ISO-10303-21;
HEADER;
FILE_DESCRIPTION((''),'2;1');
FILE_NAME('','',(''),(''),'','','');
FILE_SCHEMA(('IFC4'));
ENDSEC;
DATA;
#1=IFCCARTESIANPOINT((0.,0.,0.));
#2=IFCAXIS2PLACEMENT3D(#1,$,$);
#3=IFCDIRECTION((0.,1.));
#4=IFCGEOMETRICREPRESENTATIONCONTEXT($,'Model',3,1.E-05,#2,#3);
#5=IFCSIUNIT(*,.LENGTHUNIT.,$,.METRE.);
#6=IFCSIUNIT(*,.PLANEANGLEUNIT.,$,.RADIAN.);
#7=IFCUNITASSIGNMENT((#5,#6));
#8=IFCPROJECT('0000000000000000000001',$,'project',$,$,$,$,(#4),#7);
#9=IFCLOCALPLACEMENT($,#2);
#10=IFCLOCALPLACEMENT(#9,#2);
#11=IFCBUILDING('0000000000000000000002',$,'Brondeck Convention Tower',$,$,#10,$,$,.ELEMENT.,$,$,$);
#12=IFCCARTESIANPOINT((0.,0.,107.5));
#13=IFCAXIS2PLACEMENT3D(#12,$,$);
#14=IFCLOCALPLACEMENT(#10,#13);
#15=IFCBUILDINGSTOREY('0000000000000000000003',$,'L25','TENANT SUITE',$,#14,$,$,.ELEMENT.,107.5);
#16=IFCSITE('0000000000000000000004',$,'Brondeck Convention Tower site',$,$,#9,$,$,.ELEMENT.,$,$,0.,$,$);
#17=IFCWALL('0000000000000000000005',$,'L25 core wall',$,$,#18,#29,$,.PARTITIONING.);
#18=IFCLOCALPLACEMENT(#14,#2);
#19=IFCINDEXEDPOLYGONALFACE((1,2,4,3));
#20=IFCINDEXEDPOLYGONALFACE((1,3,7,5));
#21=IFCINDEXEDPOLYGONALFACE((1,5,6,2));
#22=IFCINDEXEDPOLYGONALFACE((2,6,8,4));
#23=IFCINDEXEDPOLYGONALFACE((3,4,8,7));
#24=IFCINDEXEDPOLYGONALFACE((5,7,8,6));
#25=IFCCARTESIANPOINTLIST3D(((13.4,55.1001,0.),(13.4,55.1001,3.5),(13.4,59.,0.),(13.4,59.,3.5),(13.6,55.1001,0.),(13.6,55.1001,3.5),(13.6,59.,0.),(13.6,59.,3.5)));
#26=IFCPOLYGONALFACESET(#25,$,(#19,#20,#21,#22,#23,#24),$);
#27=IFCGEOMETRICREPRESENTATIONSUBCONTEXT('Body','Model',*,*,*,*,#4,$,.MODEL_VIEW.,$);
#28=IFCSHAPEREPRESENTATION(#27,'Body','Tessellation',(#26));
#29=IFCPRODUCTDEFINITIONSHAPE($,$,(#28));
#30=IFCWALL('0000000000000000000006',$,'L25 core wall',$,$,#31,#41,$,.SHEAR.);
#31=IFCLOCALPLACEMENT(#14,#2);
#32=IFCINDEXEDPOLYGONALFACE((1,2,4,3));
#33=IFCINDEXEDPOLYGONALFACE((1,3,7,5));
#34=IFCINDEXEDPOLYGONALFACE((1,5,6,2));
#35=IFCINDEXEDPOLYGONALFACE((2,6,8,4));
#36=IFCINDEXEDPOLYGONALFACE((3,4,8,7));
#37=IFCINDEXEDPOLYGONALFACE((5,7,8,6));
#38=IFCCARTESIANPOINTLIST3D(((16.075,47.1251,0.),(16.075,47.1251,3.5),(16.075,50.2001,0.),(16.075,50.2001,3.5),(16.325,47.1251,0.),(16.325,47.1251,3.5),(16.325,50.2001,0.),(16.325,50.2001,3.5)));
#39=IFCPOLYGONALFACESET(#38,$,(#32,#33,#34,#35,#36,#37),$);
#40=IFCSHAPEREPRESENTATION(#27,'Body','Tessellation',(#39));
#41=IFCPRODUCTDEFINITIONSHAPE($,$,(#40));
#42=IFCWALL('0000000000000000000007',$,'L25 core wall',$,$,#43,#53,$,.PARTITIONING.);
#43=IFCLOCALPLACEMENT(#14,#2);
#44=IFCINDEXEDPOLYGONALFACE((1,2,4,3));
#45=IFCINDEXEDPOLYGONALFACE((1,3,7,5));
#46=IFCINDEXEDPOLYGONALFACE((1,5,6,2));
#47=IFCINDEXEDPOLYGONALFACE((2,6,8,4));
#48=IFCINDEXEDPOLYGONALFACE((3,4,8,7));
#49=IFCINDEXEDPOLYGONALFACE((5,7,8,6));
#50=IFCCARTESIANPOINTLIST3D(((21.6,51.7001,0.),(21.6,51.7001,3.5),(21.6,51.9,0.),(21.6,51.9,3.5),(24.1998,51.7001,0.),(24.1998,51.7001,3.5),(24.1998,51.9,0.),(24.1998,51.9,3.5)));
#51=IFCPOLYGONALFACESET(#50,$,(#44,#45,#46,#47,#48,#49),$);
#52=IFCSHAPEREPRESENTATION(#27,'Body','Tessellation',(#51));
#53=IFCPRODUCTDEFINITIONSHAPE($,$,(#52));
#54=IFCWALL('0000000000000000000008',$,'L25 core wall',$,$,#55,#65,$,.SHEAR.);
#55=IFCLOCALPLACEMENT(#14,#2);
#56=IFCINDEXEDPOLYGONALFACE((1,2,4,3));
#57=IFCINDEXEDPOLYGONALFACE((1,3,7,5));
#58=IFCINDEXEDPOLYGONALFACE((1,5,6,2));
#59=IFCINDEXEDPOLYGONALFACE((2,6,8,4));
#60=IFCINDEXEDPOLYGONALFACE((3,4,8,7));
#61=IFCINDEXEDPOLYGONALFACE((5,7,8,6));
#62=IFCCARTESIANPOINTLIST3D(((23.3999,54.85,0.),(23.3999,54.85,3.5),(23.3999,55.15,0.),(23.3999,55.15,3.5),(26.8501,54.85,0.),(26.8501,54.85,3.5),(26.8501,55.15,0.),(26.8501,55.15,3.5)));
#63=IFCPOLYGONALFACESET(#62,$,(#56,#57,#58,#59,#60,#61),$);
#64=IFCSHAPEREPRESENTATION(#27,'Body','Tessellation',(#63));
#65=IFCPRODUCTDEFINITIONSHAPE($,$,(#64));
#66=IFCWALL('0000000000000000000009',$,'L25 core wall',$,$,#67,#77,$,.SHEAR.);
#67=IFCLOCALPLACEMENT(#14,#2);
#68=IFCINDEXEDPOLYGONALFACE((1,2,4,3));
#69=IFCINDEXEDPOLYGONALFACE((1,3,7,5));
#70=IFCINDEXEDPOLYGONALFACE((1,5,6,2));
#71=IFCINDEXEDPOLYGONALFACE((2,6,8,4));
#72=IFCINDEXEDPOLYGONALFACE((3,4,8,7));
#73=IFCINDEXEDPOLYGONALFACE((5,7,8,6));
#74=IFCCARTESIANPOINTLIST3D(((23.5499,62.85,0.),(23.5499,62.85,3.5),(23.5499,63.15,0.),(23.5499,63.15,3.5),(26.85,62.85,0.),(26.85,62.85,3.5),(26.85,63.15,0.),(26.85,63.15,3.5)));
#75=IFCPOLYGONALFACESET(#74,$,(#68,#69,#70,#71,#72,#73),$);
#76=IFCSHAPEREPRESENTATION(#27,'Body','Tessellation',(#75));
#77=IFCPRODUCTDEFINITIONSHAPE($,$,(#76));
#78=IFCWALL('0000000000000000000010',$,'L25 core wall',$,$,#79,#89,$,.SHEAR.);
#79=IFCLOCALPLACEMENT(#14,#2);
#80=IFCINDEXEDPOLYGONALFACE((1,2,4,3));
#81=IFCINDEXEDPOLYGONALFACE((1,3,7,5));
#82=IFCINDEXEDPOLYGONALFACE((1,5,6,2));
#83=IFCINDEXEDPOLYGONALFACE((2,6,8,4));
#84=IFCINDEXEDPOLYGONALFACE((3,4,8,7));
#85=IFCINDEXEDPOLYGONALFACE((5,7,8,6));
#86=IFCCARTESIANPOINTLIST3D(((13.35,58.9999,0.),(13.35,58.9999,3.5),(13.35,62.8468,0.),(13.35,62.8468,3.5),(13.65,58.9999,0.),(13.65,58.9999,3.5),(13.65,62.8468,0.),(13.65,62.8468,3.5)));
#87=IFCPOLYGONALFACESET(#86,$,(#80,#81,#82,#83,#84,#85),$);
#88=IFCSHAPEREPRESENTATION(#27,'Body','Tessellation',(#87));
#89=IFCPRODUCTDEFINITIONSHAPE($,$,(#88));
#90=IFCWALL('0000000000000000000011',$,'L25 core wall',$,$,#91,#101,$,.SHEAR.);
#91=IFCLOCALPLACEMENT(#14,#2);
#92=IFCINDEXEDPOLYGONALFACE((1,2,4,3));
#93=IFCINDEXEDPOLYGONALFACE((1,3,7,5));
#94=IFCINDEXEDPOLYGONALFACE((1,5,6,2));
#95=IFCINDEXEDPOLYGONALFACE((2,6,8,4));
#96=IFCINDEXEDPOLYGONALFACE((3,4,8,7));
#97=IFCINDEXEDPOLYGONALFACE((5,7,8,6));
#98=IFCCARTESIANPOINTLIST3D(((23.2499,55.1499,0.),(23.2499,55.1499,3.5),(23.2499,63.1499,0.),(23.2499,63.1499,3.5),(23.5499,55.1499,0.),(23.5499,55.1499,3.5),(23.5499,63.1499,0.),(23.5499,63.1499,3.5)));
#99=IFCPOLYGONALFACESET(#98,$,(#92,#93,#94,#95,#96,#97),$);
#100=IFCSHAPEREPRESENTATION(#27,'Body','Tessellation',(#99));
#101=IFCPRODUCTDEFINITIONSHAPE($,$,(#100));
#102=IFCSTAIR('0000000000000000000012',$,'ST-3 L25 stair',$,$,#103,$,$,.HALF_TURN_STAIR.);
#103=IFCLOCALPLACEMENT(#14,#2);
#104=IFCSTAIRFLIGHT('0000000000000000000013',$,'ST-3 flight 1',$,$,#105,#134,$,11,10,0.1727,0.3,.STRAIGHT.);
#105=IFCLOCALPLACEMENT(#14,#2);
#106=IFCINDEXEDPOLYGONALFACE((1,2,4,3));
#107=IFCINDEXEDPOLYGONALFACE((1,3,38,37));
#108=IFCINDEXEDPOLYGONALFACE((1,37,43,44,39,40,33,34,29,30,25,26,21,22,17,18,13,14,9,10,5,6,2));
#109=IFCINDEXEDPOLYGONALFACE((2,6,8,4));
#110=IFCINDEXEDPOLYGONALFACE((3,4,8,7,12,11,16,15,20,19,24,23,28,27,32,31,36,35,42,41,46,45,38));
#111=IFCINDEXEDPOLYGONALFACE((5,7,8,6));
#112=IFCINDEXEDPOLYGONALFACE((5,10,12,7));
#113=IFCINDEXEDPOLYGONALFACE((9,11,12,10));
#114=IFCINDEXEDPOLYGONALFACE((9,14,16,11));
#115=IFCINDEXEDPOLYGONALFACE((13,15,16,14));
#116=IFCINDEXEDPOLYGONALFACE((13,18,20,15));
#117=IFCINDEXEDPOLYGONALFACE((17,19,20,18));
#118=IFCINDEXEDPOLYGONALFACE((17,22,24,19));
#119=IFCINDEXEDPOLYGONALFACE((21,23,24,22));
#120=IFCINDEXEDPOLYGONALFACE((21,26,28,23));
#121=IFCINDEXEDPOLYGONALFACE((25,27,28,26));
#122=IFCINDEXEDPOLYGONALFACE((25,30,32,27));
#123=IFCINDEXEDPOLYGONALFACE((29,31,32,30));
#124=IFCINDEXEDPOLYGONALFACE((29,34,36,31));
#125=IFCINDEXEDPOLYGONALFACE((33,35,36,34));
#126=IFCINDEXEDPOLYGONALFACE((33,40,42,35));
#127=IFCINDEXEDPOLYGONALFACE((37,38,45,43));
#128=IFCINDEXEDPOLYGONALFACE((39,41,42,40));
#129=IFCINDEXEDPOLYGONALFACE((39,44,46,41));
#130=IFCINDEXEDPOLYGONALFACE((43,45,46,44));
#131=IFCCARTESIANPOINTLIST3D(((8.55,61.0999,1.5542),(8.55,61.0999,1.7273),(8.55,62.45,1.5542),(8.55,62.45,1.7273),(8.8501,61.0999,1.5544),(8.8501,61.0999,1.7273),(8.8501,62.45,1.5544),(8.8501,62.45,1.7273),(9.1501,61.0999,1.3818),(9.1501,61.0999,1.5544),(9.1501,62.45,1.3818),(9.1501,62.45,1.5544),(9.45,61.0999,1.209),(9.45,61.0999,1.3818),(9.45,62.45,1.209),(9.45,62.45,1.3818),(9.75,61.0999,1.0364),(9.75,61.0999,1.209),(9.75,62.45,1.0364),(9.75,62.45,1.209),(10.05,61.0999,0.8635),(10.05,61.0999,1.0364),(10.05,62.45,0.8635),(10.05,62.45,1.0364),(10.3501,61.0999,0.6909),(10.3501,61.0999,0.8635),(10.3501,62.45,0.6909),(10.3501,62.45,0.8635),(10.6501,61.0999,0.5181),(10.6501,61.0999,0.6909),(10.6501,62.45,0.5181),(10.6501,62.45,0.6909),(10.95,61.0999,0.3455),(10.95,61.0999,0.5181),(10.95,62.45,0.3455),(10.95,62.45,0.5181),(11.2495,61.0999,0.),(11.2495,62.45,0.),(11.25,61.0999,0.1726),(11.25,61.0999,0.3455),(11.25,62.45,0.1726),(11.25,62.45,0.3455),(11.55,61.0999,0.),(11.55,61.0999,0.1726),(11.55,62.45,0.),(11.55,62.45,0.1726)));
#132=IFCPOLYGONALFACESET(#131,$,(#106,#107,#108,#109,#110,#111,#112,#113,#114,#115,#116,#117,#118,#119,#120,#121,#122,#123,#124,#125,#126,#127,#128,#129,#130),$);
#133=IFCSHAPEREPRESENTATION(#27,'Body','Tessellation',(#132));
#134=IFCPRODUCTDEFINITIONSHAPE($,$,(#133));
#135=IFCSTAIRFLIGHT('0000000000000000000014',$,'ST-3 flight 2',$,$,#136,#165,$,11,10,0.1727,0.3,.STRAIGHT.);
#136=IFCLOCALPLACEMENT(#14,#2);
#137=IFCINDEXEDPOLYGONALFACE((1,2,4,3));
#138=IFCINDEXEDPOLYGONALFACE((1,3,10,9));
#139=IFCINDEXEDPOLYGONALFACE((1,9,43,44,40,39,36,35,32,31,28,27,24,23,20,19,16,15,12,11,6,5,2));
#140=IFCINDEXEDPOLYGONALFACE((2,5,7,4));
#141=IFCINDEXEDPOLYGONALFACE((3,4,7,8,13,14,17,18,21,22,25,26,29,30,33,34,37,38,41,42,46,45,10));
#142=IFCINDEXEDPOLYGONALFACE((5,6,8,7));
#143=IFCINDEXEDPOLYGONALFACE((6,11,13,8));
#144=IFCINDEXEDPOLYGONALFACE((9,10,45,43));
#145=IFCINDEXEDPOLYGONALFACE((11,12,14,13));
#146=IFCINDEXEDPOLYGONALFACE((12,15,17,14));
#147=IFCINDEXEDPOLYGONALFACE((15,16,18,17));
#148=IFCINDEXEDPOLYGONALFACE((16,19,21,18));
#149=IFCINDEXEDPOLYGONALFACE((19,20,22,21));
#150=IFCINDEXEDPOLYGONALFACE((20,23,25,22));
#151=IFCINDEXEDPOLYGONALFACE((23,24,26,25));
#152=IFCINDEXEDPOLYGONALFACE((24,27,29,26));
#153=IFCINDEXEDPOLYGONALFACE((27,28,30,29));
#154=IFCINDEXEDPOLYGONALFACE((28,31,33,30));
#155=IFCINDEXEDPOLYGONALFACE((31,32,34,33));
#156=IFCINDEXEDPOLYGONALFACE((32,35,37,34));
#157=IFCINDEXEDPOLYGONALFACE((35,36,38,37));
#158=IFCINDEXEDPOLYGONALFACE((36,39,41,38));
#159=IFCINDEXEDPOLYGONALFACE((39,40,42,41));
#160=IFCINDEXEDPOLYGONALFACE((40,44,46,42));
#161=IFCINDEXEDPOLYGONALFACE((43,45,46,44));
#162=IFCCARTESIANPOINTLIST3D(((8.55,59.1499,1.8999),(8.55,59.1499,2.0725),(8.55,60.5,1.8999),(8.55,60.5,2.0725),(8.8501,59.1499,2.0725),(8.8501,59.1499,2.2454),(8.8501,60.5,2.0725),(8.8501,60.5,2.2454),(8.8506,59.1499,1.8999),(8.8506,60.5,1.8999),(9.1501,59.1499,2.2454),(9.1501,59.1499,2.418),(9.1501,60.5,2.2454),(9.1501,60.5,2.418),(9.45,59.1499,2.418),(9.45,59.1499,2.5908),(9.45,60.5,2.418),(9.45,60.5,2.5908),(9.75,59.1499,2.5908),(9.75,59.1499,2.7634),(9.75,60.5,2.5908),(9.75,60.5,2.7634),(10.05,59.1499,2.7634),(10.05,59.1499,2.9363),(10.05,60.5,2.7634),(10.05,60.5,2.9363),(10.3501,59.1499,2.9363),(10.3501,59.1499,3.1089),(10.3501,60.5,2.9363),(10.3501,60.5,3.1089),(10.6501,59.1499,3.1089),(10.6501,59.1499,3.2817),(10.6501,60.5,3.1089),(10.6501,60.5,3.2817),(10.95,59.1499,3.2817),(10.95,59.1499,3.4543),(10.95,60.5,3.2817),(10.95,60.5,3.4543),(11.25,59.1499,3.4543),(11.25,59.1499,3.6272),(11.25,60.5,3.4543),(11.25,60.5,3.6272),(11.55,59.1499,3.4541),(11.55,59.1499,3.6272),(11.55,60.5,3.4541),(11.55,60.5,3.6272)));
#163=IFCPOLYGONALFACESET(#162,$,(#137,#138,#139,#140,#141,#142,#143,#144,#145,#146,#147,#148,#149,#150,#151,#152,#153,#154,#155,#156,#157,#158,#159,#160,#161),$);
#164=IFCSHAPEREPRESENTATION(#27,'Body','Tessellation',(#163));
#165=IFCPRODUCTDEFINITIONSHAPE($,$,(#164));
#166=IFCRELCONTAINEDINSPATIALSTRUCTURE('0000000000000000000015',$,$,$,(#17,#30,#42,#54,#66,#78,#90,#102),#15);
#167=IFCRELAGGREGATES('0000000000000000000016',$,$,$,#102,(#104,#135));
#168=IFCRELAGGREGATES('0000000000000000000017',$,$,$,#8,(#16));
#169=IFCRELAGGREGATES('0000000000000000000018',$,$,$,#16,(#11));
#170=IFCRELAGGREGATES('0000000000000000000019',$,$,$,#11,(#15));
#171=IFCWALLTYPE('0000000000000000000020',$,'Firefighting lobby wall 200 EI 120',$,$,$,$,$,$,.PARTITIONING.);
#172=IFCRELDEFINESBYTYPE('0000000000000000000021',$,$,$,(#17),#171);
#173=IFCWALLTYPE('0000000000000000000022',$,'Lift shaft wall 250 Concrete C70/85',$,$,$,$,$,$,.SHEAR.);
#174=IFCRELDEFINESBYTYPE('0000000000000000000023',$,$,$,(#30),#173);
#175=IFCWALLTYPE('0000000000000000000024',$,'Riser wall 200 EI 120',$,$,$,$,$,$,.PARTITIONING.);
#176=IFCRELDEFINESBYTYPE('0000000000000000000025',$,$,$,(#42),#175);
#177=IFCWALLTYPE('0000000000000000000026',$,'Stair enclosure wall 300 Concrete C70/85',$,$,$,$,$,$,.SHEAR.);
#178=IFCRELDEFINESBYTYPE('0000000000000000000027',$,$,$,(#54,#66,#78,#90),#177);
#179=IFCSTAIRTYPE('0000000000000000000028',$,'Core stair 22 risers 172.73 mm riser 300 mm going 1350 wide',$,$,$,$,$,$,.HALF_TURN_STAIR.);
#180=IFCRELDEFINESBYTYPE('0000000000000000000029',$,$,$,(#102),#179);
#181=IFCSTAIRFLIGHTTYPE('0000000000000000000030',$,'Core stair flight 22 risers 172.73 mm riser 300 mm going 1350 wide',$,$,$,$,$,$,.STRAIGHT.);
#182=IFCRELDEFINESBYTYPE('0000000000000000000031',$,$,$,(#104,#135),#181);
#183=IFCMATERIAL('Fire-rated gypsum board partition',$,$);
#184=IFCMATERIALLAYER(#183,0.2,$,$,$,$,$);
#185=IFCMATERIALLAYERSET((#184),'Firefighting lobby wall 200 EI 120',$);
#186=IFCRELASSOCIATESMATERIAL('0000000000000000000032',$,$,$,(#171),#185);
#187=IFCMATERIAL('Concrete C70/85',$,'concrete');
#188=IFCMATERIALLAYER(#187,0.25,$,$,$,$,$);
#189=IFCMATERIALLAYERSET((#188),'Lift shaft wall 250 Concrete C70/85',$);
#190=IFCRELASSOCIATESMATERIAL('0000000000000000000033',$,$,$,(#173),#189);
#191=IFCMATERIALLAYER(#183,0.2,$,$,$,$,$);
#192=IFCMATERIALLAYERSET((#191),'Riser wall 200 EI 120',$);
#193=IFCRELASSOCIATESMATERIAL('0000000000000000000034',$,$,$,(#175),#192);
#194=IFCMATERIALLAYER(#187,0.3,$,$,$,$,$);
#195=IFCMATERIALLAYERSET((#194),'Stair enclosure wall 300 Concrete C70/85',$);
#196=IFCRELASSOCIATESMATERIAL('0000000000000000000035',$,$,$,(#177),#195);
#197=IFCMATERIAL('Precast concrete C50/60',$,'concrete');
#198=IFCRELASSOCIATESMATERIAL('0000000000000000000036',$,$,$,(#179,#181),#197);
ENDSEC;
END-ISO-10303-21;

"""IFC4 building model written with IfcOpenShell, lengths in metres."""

from ifc_helpers import new_model, si_unit, direction, frame, frame_2d, origin, place, context, subcontext, project, spatial, polyline, rectangle, outline, extrude, material, layer, layer_set, type_object, element, aggregate, save


model = new_model("IFC4")

# Units and contexts
model_context = context("Model", 3, precision=1e-05, world=origin(), true_north=direction((0.0, 1.0)))
body_context = subcontext(model_context, "Body", "Model", "MODEL_VIEW")
ifc_project = project(units=[si_unit("LENGTHUNIT", "METRE"), si_unit("PLANEANGLEUNIT", "RADIAN")], contexts=[model_context])

# Site, building, storey
site_placement = place(None, origin())
site = spatial("IfcSite", under=ifc_project, at=site_placement, Name="Brondeck Convention Tower site", CompositionType="ELEMENT", RefElevation=0.0)
building_placement = place(site_placement, origin())
building = spatial("IfcBuilding", under=site, at=building_placement, Name="Brondeck Convention Tower", CompositionType="ELEMENT")
storey_placement = place(building_placement, frame((0.0, 0.0, 107.5)))
storey = spatial("IfcBuildingStorey", under=building, at=storey_placement, Name="L25", Description="TENANT SUITE", CompositionType="ELEMENT", Elevation=107.5)

# Shared definitions
ifc_material_1 = material(Name="Concrete C70/85", Category="concrete")

# Shared definitions
ifc_material_2 = material(Name="Fire-rated gypsum board partition")

# Shared definitions
ifc_layer_1 = layer(ifc_material_2, 0.2)
ifc_layer_set_1 = layer_set([ifc_layer_1], Name="Firefighting lobby wall 200 EI 120")
wall_type_1 = type_object("IfcWallType", Name="Firefighting lobby wall 200 EI 120", PredefinedType="PARTITIONING", material=ifc_layer_set_1)

# Walls
wall_1_placement = place(storey_placement, frame((13.5, 55.1001, 0.0), z_axis=(0.0, 0.0, 1.0), x_axis=(0.0, 1.0, 0.0)))
element("IfcWall", 1, at=wall_1_placement, inside=storey, type_object=wall_type_1, Name="L25 core wall", PredefinedType="PARTITIONING", context=body_context, shape_type="SweptSolid", body=[
    extrude(rectangle(XDim=3.8999, YDim=0.2, at=frame_2d((1.95, 0.0))), origin(), (0.0, 0.0, 1.0), 3.5),
])
ifc_layer_2 = layer(ifc_material_1, 0.25)
ifc_layer_set_2 = layer_set([ifc_layer_2], Name="Lift shaft wall 250 Concrete C70/85")
wall_type_2 = type_object("IfcWallType", Name="Lift shaft wall 250 Concrete C70/85", PredefinedType="SHEAR", material=ifc_layer_set_2)
wall_2_placement = place(storey_placement, frame((16.2, 47.125, 0.0), z_axis=(0.0, 0.0, 1.0), x_axis=(0.0, 1.0, 0.0)))
element("IfcWall", 2, at=wall_2_placement, inside=storey, type_object=wall_type_2, Name="L25 core wall", PredefinedType="SHEAR", context=body_context, shape_type="SweptSolid", body=[
    extrude(rectangle(XDim=3.075, YDim=0.25, at=frame_2d((1.5376, 0.0))), origin(), (0.0, 0.0, 1.0), 3.5),
])
ifc_layer_3 = layer(ifc_material_2, 0.2)
ifc_layer_set_3 = layer_set([ifc_layer_3], Name="Riser wall 200 EI 120")
wall_type_3 = type_object("IfcWallType", Name="Riser wall 200 EI 120", PredefinedType="PARTITIONING", material=ifc_layer_set_3)
wall_3_placement = place(storey_placement, frame((21.6001, 51.8, 0.0), z_axis=(0.0, 0.0, 1.0), x_axis=(1.0, 0.0, 0.0)))
element("IfcWall", 3, at=wall_3_placement, inside=storey, type_object=wall_type_3, Name="L25 core wall", PredefinedType="PARTITIONING", context=body_context, shape_type="SweptSolid", body=[
    extrude(rectangle(XDim=2.5999, YDim=0.2, at=frame_2d((1.2998, 0.0))), origin(), (0.0, 0.0, 1.0), 3.5),
])
ifc_layer_4 = layer(ifc_material_1, 0.3)
ifc_layer_set_4 = layer_set([ifc_layer_4], Name="Stair enclosure wall 300 Concrete C70/85")
wall_type_4 = type_object("IfcWallType", Name="Stair enclosure wall 300 Concrete C70/85", PredefinedType="SHEAR", material=ifc_layer_set_4)
wall_4_placement = place(storey_placement, frame((23.3999, 55.0, 0.0), z_axis=(0.0, 0.0, 1.0), x_axis=(1.0, 0.0, 0.0)))
element("IfcWall", 4, at=wall_4_placement, inside=storey, type_object=wall_type_4, Name="L25 core wall", PredefinedType="SHEAR", context=body_context, shape_type="SweptSolid", body=[
    extrude(rectangle(XDim=3.4502, YDim=0.3, at=frame_2d((1.7251, 0.0))), origin(), (0.0, 0.0, 1.0), 3.5),
])
wall_5_placement = place(storey_placement, frame((23.55, 63.0, 0.0), z_axis=(0.0, 0.0, 1.0), x_axis=(1.0, 0.0, 0.0)))
element("IfcWall", 5, at=wall_5_placement, inside=storey, type_object=wall_type_4, Name="L25 core wall", PredefinedType="SHEAR", context=body_context, shape_type="SweptSolid", body=[
    extrude(rectangle(XDim=3.3, YDim=0.3, at=frame_2d((1.6499, 0.0))), origin(), (0.0, 0.0, 1.0), 3.5),
])
wall_6_placement = place(storey_placement, frame((13.5, 59.0, 0.0), z_axis=(0.0, 0.0, 1.0), x_axis=(0.0, 1.0, 0.0)))
element("IfcWall", 6, at=wall_6_placement, inside=storey, type_object=wall_type_4, Name="L25 core wall", PredefinedType="SHEAR", context=body_context, shape_type="SweptSolid", body=[
    extrude(rectangle(XDim=3.8469, YDim=0.3, at=frame_2d((1.9233, 0.0))), origin(), (0.0, 0.0, 1.0), 3.5),
])
wall_7_placement = place(storey_placement, frame((23.3999, 55.1499, 0.0), z_axis=(0.0, 0.0, 1.0), x_axis=(0.0, 1.0, 0.0)))
element("IfcWall", 7, at=wall_7_placement, inside=storey, type_object=wall_type_4, Name="L25 core wall", PredefinedType="SHEAR", context=body_context, shape_type="SweptSolid", body=[
    extrude(rectangle(XDim=8.0, YDim=0.3, at=frame_2d((4.0, 0.0))), origin(), (0.0, 0.0, 1.0), 3.5),
])

# Stair, stair flights
ifc_material_3 = material(Name="Precast concrete C50/60", Category="concrete")
stair_type = type_object("IfcStairType", Name="Core stair 22 risers 172.73 mm riser 300 mm going 1350 wide", PredefinedType="HALF_TURN_STAIR", material=ifc_material_3)
stair_placement = place(storey_placement, origin())
stair = element("IfcStair", 8, at=stair_placement, inside=storey, type_object=stair_type, Name="ST-3 L25 stair", PredefinedType="HALF_TURN_STAIR")
stair_flight_type = type_object("IfcStairFlightType", Name="Core stair flight 22 risers 172.73 mm riser 300 mm going 1350 wide", PredefinedType="STRAIGHT", material=ifc_material_3)
stair_flight_1_placement = place(storey_placement, frame((11.55, 61.7749, 0.0), z_axis=(0.0, 0.0, 1.0), x_axis=(-1.0, 0.0, 0.0)))
stair_flight_1 = element("IfcStairFlight", 9, at=stair_flight_1_placement, type_object=stair_flight_type, Name="ST-3 flight 1", NumberOfRisers=11, NumberOfTreads=10, PredefinedType="STRAIGHT", RiserHeight=0.1727, TreadLength=0.3, context=body_context, shape_type="SweptSolid", body=[
    extrude(outline(polyline([(0.0, 0.0), (0.0, 0.1726), (0.3, 0.1726), (0.3, 0.3455), (0.6001, 0.3455), (0.6001, 0.5181), (0.8999, 0.5181), (0.8999, 0.6909), (1.2, 0.6909), (1.2, 0.8635), (1.5, 0.8635), (1.5, 1.0364), (1.8, 1.0364), (1.8, 1.209), (2.1001, 1.209), (2.1001, 1.3818), (2.3999, 1.3818), (2.3999, 1.5544), (2.7, 1.5544), (2.7, 1.7273), (3.0, 1.7273), (3.0, 1.8999), (3.0, 1.5542), (0.3005, 0.0), (0.0, 0.0)])), frame((0.0, 0.675, 0.0), z_axis=(0.0, -1.0, 0.0), x_axis=(1.0, 0.0, 0.0)), (0.0, 0.0, 1.0), 1.3501),
])
stair_flight_2_placement = place(storey_placement, frame((8.55, 59.825, 1.8999), z_axis=(0.0, 0.0, 1.0), x_axis=(1.0, 0.0, 0.0)))
stair_flight_2 = element("IfcStairFlight", 10, at=stair_flight_2_placement, type_object=stair_flight_type, Name="ST-3 flight 2", NumberOfRisers=11, NumberOfTreads=10, PredefinedType="STRAIGHT", RiserHeight=0.1727, TreadLength=0.3, context=body_context, shape_type="SweptSolid", body=[
    extrude(outline(polyline([(0.0, 0.0), (0.0, 0.1726), (0.3, 0.1726), (0.3, 0.3455), (0.6001, 0.3455), (0.6001, 0.5181), (0.8999, 0.5181), (0.8999, 0.6909), (1.2, 0.6909), (1.2, 0.8635), (1.5, 0.8635), (1.5, 1.0364), (1.8, 1.0364), (1.8, 1.209), (2.1001, 1.209), (2.1001, 1.3818), (2.3999, 1.3818), (2.3999, 1.5544), (2.7, 1.5544), (2.7, 1.7273), (3.0, 1.7273), (3.0, 1.8999), (3.0, 1.5542), (0.3005, 0.0), (0.0, 0.0)])), frame((0.0, 0.675, 0.0), z_axis=(0.0, -1.0, 0.0), x_axis=(1.0, 0.0, 0.0)), (0.0, 0.0, 1.0), 1.3501),
])
aggregate(stair, [stair_flight_1, stair_flight_2])

save(model, "model.ifc")
